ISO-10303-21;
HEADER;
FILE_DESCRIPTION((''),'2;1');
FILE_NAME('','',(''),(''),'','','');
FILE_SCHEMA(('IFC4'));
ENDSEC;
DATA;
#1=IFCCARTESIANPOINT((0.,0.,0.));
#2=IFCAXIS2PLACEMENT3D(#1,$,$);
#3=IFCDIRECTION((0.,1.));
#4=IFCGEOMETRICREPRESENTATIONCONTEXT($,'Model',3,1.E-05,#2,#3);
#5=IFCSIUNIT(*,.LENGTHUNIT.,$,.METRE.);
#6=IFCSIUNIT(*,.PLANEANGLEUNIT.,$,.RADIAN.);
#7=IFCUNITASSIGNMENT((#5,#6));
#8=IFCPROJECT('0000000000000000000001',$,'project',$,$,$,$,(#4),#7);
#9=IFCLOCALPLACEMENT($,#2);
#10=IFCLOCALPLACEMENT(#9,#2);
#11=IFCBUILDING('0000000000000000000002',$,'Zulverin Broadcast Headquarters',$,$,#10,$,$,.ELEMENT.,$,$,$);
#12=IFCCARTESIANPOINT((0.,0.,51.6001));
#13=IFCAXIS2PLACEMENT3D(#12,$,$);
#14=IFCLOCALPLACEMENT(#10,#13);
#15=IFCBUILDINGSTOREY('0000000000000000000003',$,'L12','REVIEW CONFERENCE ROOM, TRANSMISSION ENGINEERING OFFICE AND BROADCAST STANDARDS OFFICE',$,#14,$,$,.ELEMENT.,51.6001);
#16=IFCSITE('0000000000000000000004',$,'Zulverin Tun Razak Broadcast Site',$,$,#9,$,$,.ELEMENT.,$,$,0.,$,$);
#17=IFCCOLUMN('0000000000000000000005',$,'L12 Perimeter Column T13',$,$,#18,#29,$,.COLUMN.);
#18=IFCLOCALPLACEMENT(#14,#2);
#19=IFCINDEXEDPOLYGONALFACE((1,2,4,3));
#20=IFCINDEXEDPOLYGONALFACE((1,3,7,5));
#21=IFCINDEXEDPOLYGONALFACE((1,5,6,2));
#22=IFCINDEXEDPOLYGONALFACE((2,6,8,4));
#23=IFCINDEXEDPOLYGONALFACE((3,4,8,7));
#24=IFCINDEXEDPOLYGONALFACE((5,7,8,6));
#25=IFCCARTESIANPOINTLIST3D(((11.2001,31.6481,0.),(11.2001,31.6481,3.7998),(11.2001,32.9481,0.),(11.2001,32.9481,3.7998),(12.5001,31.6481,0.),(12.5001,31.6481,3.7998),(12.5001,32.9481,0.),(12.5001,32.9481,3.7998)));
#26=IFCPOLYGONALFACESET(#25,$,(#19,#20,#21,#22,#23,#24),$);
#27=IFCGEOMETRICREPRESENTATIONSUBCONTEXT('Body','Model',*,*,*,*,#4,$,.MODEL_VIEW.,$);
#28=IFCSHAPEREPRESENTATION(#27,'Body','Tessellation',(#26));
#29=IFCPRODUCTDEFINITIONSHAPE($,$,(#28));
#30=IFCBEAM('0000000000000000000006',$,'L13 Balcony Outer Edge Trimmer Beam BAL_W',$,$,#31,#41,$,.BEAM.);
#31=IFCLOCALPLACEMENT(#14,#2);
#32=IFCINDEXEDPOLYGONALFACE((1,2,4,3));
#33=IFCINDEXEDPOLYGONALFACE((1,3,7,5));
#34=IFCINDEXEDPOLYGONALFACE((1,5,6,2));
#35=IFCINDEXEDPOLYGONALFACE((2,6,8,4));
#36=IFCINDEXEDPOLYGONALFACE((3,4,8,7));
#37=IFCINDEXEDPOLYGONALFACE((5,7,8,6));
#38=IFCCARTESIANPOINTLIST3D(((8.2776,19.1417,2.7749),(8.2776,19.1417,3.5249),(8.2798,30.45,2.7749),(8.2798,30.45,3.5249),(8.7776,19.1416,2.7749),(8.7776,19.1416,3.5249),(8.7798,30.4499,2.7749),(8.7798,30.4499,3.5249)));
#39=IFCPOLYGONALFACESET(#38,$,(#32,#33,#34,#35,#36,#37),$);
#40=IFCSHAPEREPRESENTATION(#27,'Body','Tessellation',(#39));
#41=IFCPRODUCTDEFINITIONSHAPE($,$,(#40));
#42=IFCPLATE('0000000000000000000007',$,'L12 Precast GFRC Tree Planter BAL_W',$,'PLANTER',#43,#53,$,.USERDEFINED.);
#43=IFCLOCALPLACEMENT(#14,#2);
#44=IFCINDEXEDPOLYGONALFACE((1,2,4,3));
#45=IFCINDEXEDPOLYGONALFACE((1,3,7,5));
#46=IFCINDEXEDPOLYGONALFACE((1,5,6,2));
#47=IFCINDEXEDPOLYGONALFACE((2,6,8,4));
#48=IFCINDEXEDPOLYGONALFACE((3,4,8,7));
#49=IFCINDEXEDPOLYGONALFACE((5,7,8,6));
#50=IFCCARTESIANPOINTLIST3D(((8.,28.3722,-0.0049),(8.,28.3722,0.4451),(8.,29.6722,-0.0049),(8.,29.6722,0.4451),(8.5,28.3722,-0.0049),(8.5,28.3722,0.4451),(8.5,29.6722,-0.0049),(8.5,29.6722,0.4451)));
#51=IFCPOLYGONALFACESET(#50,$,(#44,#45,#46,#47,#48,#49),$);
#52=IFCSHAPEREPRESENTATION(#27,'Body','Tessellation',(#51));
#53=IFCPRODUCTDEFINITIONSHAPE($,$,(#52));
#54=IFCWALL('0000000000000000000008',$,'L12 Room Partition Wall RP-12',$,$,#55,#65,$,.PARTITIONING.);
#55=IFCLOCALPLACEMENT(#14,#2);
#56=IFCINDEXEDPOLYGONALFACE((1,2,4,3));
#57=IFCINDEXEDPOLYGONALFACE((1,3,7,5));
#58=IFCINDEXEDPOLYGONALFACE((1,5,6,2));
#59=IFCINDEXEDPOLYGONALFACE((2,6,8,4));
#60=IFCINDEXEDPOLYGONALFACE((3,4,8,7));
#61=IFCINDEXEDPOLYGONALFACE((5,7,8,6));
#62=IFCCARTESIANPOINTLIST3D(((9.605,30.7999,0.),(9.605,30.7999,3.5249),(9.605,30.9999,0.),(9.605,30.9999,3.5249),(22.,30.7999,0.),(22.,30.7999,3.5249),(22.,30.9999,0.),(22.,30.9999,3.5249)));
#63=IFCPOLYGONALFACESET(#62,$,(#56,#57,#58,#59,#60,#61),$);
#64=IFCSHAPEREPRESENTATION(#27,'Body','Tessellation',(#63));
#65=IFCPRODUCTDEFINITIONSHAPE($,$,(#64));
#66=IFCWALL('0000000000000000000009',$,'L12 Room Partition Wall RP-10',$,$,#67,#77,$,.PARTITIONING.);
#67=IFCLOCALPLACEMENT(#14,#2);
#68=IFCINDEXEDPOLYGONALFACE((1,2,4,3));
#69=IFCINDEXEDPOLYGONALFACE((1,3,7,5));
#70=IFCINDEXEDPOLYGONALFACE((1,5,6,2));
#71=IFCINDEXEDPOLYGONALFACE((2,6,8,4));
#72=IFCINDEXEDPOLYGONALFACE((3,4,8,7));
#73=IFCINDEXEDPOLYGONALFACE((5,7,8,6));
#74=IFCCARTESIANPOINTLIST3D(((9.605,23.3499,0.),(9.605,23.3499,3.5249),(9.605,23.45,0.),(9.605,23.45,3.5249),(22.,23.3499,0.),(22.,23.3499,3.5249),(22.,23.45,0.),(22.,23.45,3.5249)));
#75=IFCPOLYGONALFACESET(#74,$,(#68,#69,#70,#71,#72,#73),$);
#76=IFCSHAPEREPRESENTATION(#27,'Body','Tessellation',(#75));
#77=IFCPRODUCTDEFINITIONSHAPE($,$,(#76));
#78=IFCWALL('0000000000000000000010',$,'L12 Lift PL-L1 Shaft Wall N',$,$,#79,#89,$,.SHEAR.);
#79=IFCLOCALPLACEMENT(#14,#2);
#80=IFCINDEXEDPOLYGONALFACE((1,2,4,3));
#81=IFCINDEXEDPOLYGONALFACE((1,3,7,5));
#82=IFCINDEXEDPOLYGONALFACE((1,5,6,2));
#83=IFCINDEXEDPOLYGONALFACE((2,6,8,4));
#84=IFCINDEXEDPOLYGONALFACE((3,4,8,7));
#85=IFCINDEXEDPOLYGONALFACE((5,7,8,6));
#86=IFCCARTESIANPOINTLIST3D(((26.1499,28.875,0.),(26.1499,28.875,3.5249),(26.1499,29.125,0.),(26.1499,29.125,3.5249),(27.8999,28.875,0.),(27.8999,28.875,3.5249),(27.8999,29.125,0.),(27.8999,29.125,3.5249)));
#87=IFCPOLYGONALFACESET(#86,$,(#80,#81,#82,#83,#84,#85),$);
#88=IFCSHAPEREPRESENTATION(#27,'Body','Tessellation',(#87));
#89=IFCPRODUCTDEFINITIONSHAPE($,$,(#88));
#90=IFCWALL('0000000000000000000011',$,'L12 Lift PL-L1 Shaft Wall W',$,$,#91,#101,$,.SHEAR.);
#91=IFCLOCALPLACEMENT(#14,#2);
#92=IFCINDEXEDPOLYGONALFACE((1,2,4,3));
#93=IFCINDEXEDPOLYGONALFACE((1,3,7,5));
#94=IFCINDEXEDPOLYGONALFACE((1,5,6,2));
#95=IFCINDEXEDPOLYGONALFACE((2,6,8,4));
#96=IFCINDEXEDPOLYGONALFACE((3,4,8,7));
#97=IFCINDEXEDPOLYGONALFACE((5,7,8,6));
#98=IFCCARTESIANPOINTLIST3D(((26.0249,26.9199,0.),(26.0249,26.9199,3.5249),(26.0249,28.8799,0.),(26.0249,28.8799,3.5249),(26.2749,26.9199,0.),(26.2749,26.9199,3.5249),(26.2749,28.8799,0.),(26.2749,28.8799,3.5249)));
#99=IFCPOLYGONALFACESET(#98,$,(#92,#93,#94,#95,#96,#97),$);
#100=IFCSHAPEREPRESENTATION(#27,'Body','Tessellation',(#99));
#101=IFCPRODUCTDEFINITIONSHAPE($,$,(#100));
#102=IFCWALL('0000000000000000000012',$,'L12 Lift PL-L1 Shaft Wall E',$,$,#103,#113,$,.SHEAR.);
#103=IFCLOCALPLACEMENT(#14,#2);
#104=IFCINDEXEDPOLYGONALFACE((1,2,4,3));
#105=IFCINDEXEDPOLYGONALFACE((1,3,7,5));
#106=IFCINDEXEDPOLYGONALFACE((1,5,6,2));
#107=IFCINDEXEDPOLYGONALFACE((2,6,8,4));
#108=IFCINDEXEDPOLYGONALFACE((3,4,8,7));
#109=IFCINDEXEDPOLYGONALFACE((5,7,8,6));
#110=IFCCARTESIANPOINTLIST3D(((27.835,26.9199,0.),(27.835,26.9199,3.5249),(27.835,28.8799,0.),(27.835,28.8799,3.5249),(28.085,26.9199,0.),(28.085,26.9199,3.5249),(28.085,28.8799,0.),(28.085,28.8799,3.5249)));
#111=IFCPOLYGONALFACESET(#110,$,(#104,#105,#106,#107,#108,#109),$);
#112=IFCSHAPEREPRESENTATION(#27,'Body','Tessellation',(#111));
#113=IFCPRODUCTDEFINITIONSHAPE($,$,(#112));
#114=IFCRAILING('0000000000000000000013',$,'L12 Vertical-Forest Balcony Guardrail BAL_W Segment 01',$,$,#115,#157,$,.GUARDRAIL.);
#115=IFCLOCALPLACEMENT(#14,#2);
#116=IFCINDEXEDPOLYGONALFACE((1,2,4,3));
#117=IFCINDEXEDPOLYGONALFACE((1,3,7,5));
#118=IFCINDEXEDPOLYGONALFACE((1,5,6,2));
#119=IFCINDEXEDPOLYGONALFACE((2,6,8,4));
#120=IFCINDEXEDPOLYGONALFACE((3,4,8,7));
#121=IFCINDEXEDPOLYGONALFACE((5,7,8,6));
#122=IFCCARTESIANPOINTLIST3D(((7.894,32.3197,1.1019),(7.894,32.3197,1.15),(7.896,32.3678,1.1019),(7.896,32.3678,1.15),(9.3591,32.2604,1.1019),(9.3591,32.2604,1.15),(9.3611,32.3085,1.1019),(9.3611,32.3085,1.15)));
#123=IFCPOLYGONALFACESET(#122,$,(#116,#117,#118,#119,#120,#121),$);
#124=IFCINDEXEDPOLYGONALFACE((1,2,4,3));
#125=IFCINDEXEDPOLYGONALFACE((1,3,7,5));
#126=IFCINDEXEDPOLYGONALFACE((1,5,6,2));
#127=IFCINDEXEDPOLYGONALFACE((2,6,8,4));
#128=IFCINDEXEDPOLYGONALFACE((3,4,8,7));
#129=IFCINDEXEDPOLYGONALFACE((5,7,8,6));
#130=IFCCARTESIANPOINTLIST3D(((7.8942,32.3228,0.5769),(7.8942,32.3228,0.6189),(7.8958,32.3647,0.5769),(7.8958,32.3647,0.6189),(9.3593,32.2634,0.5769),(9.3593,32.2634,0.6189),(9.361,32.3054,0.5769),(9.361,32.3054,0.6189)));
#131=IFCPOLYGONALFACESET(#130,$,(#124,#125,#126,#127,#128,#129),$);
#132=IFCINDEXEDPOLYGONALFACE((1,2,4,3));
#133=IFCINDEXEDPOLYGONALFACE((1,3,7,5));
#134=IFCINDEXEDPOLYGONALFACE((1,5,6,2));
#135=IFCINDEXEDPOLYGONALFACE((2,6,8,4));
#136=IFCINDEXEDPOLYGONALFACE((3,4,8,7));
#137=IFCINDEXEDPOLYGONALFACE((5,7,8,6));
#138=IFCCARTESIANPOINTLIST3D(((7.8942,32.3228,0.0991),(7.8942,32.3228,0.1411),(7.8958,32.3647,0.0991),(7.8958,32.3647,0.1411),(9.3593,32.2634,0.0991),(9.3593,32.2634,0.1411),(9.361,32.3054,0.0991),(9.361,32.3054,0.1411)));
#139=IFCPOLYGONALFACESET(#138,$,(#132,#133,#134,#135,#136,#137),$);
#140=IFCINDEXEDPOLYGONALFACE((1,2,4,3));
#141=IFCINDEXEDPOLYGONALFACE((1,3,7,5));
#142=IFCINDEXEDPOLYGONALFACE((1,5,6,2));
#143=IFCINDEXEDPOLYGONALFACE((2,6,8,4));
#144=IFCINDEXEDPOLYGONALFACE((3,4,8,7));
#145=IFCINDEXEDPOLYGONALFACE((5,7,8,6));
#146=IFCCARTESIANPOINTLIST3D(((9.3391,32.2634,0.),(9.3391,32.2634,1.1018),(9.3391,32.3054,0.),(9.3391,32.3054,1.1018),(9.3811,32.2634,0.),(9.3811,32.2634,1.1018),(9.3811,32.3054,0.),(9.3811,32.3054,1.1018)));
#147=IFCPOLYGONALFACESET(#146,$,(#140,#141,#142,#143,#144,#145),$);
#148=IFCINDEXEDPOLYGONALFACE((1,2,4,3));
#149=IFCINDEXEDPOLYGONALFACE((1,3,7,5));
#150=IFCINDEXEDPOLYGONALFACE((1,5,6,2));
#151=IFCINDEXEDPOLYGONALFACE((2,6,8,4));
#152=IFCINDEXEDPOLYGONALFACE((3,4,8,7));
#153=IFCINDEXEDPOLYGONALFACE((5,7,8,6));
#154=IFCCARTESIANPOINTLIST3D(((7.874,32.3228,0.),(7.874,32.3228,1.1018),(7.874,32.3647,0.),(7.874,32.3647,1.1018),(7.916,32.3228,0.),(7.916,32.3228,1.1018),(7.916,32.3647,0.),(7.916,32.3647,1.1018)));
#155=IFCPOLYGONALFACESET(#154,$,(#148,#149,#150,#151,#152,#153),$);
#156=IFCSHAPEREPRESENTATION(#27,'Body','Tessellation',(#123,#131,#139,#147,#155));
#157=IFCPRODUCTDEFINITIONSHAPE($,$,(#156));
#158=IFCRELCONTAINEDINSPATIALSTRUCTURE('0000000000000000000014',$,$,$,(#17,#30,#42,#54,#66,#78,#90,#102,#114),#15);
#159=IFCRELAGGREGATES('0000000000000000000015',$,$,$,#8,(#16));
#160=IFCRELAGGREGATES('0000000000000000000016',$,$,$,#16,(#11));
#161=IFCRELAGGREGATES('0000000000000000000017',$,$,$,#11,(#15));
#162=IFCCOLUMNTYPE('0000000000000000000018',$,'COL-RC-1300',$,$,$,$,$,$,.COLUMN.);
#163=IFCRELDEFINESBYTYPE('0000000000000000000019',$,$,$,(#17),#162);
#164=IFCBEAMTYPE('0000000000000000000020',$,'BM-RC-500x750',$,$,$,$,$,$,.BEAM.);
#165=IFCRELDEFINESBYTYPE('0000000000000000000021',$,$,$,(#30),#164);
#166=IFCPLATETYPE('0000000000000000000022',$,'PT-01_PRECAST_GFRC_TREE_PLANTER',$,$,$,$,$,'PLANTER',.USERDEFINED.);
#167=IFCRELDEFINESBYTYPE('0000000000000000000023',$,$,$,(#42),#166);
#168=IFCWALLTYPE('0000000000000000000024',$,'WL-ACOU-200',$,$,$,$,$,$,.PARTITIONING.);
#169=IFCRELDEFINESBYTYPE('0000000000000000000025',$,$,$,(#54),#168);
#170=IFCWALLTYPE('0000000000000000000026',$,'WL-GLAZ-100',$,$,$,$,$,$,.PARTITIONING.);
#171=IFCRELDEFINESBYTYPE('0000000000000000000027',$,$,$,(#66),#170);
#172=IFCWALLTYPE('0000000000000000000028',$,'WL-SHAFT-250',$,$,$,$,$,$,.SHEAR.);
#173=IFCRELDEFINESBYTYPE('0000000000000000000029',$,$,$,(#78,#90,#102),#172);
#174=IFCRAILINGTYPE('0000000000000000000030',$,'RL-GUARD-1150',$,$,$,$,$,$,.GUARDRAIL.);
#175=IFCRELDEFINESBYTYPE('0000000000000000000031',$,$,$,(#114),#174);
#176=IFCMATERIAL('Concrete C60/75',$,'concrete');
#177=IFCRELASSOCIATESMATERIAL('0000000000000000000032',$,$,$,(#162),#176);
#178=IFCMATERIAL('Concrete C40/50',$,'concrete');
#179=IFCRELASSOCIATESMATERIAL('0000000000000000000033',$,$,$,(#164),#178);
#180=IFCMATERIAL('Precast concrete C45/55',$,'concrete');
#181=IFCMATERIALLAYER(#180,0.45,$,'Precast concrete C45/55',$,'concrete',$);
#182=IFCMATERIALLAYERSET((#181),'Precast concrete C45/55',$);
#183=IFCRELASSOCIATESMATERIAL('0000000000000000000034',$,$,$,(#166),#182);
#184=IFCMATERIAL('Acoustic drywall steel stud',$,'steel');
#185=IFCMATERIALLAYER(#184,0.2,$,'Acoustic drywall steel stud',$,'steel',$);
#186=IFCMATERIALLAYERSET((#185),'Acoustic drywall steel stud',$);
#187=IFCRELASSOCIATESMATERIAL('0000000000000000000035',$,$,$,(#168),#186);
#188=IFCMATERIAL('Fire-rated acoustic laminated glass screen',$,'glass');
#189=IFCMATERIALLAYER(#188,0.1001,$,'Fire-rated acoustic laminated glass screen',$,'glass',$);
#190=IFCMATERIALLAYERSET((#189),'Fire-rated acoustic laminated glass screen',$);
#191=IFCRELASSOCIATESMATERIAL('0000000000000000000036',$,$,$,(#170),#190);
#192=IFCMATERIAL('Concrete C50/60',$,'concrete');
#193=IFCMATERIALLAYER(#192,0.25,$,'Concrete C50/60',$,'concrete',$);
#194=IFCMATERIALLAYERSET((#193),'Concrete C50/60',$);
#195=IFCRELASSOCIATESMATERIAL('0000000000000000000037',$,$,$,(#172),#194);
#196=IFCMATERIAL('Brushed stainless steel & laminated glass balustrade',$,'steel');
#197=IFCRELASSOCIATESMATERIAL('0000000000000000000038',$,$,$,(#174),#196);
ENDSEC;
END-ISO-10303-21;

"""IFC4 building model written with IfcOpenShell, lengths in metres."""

from ifc_helpers import new_model, si_unit, direction, frame, frame_2d, origin, origin_2d, place, context, subcontext, project, spatial, rectangle, extrude, material, layer, layer_set, material_profile, profile_set, type_object, element, save


model = new_model("IFC4")

# Units and contexts
model_context = context("Model", 3, precision=1e-05, world=origin(), true_north=direction((0.0, 1.0)))
body_context = subcontext(model_context, "Body", "Model", "MODEL_VIEW")
ifc_project = project(units=[si_unit("LENGTHUNIT", "METRE"), si_unit("PLANEANGLEUNIT", "RADIAN")], contexts=[model_context])

# Site, building, storey
site_placement = place(None, origin())
site = spatial("IfcSite", under=ifc_project, at=site_placement, Name="Zulverin Tun Razak Broadcast Site", CompositionType="ELEMENT", RefElevation=0.0)
building_placement = place(site_placement, origin())
building = spatial("IfcBuilding", under=site, at=building_placement, Name="Zulverin Broadcast Headquarters", CompositionType="ELEMENT")
storey_placement = place(building_placement, frame((0.0, 0.0, 51.6001)))
storey = spatial("IfcBuildingStorey", under=building, at=storey_placement, Name="L12", Description="REVIEW CONFERENCE ROOM, TRANSMISSION ENGINEERING OFFICE AND BROADCAST STANDARDS OFFICE", CompositionType="ELEMENT", Elevation=51.6001)

# Column
ifc_material_1 = material(Name="Concrete C60/75", Category="concrete")
ifc_material_profile_1 = material_profile(ifc_material_1, rectangle(XDim=1.3, YDim=1.3, at=origin_2d()), Name="Concrete C60/75", Category="concrete")
ifc_profile_set_1 = profile_set([ifc_material_profile_1], Name="Concrete C60/75")
column_type = type_object("IfcColumnType", Name="COL-RC-1300", PredefinedType="COLUMN", material=ifc_profile_set_1)
column_placement = place(storey_placement, frame((11.8501, 32.2981, 0.0), z_axis=(0.0, 0.0, 1.0), x_axis=(1.0, 0.0, 0.0)))
element("IfcColumn", 1, at=column_placement, inside=storey, type_object=column_type, Name="L12 Perimeter Column T13", PredefinedType="COLUMN", context=body_context, shape_type="SweptSolid", body=[
    extrude(rectangle(XDim=1.3, YDim=1.3, at=origin_2d()), origin(), (0.0, 0.0, 1.0), 3.7998),
])

# Beam
ifc_material_2 = material(Name="Concrete C40/50", Category="concrete")
ifc_material_profile_2 = material_profile(ifc_material_2, rectangle(XDim=0.5, YDim=0.75, at=origin_2d()), Name="Concrete C40/50", Category="concrete")
ifc_profile_set_2 = profile_set([ifc_material_profile_2], Name="Concrete C40/50")
beam_type = type_object("IfcBeamType", Name="BM-RC-500x750", PredefinedType="BEAM", material=ifc_profile_set_2)
beam_placement = place(storey_placement, frame((8.5298, 30.45, 3.1499), z_axis=(-0.000194, -1.0, 0.0), x_axis=(1.0, -0.000194, 0.0)))
element("IfcBeam", 2, at=beam_placement, inside=storey, type_object=beam_type, Name="L13 Balcony Outer Edge Trimmer Beam BAL_W", PredefinedType="BEAM", context=body_context, shape_type="SweptSolid", body=[
    extrude(rectangle(XDim=0.5, YDim=0.75, at=origin_2d()), origin(), (0.0, 0.0, 1.0), 11.3083),
])

# Plate
ifc_material_3 = material(Name="Precast concrete C45/55", Category="concrete")
ifc_layer_1 = layer(ifc_material_3, 0.45, Name="Precast concrete C45/55", Category="concrete")
ifc_layer_set_1 = layer_set([ifc_layer_1], Name="Precast concrete C45/55")
plate_type = type_object("IfcPlateType", Name="PT-01_PRECAST_GFRC_TREE_PLANTER", ElementType="PLANTER", PredefinedType="USERDEFINED", material=ifc_layer_set_1)
plate_placement = place(storey_placement, frame((8.25, 29.0222, -0.0049), z_axis=(0.0, 0.0, 1.0), x_axis=(0.0, 1.0, 0.0)))
element("IfcPlate", 3, at=plate_placement, inside=storey, type_object=plate_type, Name="L12 Precast GFRC Tree Planter BAL_W", ObjectType="PLANTER", PredefinedType="USERDEFINED", context=body_context, shape_type="SweptSolid", body=[
    extrude(rectangle(XDim=1.3, YDim=0.5, at=origin_2d()), origin(), (0.0, 0.0, 1.0), 0.45),
])

# Walls
ifc_material_4 = material(Name="Acoustic drywall steel stud", Category="steel")
ifc_layer_2 = layer(ifc_material_4, 0.2, Name="Acoustic drywall steel stud", Category="steel")
ifc_layer_set_2 = layer_set([ifc_layer_2], Name="Acoustic drywall steel stud")
wall_type_1 = type_object("IfcWallType", Name="WL-ACOU-200", PredefinedType="PARTITIONING", material=ifc_layer_set_2)
wall_1_placement = place(storey_placement, frame((9.605, 30.8999, 0.0), z_axis=(0.0, 0.0, 1.0), x_axis=(1.0, 0.0, 0.0)))
element("IfcWall", 4, at=wall_1_placement, inside=storey, type_object=wall_type_1, Name="L12 Room Partition Wall RP-12", PredefinedType="PARTITIONING", context=body_context, shape_type="SweptSolid", body=[
    extrude(rectangle(XDim=12.395, YDim=0.2, at=frame_2d((6.1975, 0.0))), origin(), (0.0, 0.0, 1.0), 3.5249),
])
ifc_material_5 = material(Name="Fire-rated acoustic laminated glass screen", Category="glass")
ifc_layer_3 = layer(ifc_material_5, 0.1001, Name="Fire-rated acoustic laminated glass screen", Category="glass")
ifc_layer_set_3 = layer_set([ifc_layer_3], Name="Fire-rated acoustic laminated glass screen")
wall_type_2 = type_object("IfcWallType", Name="WL-GLAZ-100", PredefinedType="PARTITIONING", material=ifc_layer_set_3)
wall_2_placement = place(storey_placement, frame((9.605, 23.3999, 0.0), z_axis=(0.0, 0.0, 1.0), x_axis=(1.0, 0.0, 0.0)))
element("IfcWall", 5, at=wall_2_placement, inside=storey, type_object=wall_type_2, Name="L12 Room Partition Wall RP-10", PredefinedType="PARTITIONING", context=body_context, shape_type="SweptSolid", body=[
    extrude(rectangle(XDim=12.395, YDim=0.1001, at=frame_2d((6.1975, 0.0))), origin(), (0.0, 0.0, 1.0), 3.5249),
])

# Shared definitions
ifc_material_6 = material(Name="Concrete C50/60", Category="concrete")
ifc_layer_4 = layer(ifc_material_6, 0.25, Name="Concrete C50/60", Category="concrete")
ifc_layer_set_4 = layer_set([ifc_layer_4], Name="Concrete C50/60")
wall_type_3 = type_object("IfcWallType", Name="WL-SHAFT-250", PredefinedType="SHEAR", material=ifc_layer_set_4)

# Walls
wall_3_placement = place(storey_placement, frame((26.1499, 29.0, 0.0), z_axis=(0.0, 0.0, 1.0), x_axis=(1.0, 0.0, 0.0)))
element("IfcWall", 6, at=wall_3_placement, inside=storey, type_object=wall_type_3, Name="L12 Lift PL-L1 Shaft Wall N", PredefinedType="SHEAR", context=body_context, shape_type="SweptSolid", body=[
    extrude(rectangle(XDim=1.75, YDim=0.25, at=frame_2d((0.875, 0.0))), origin(), (0.0, 0.0, 1.0), 3.5249),
])
for number, where, z_axis, x_axis, name in (
    (7, (26.1499, 26.9199, 0.0), (0.0, 0.0, 1.0), (0.0, 1.0, 0.0), "L12 Lift PL-L1 Shaft Wall W"),
    (8, (27.96, 26.9199, 0.0), (0.0, 0.0, 1.0), (0.0, 1.0, 0.0), "L12 Lift PL-L1 Shaft Wall E"),
):
    element("IfcWall", number, at=place(storey_placement, frame(where, z_axis=z_axis, x_axis=x_axis)), inside=storey, type_object=wall_type_3, Name=name, PredefinedType="SHEAR", context=body_context, shape_type="SweptSolid", body=[
        extrude(rectangle(XDim=1.96, YDim=0.25, at=frame_2d((0.98, 0.0))), origin(), (0.0, 0.0, 1.0), 3.5249),
    ])

# Railing
ifc_material_7 = material(Name="Brushed stainless steel & laminated glass balustrade", Category="steel")
railing_type = type_object("IfcRailingType", Name="RL-GUARD-1150", PredefinedType="GUARDRAIL", material=ifc_material_7)
railing_1_placement = place(storey_placement, frame((9.3601, 32.2844, 0.0)))
element("IfcRailing", 9, at=railing_1_placement, inside=storey, type_object=railing_type, Name="L12 Vertical-Forest Balcony Guardrail BAL_W Segment 01", PredefinedType="GUARDRAIL", context=body_context, shape_type="SweptSolid", body=[
    extrude(rectangle(XDim=0.0481, YDim=0.0481, at=origin_2d()), frame((0.0, 0.0, 1.126), z_axis=(-0.999181, 0.04046, 0.0), x_axis=(-0.04046, -0.999181, 0.0)), (0.0, 0.0, 1.0), 1.4663),
    extrude(rectangle(XDim=0.042, YDim=0.042, at=origin_2d()), frame((0.0, 0.0, 0.5979), z_axis=(-0.999181, 0.04046, 0.0), x_axis=(-0.04046, -0.999181, 0.0)), (0.0, 0.0, 1.0), 1.4663),
    extrude(rectangle(XDim=0.042, YDim=0.042, at=origin_2d()), frame((0.0, 0.0, 0.1201), z_axis=(-0.999181, 0.04046, 0.0), x_axis=(-0.04046, -0.999181, 0.0)), (0.0, 0.0, 1.0), 1.4663),
    extrude(rectangle(XDim=0.042, YDim=0.042, at=origin_2d()), origin(), (0.0, 0.0, 1.0), 1.1018),
    extrude(rectangle(XDim=0.042, YDim=0.042, at=origin_2d()), frame((-1.4651, 0.0593, 0.0)), (0.0, 0.0, 1.0), 1.1018),
])

save(model, "model.ifc")
